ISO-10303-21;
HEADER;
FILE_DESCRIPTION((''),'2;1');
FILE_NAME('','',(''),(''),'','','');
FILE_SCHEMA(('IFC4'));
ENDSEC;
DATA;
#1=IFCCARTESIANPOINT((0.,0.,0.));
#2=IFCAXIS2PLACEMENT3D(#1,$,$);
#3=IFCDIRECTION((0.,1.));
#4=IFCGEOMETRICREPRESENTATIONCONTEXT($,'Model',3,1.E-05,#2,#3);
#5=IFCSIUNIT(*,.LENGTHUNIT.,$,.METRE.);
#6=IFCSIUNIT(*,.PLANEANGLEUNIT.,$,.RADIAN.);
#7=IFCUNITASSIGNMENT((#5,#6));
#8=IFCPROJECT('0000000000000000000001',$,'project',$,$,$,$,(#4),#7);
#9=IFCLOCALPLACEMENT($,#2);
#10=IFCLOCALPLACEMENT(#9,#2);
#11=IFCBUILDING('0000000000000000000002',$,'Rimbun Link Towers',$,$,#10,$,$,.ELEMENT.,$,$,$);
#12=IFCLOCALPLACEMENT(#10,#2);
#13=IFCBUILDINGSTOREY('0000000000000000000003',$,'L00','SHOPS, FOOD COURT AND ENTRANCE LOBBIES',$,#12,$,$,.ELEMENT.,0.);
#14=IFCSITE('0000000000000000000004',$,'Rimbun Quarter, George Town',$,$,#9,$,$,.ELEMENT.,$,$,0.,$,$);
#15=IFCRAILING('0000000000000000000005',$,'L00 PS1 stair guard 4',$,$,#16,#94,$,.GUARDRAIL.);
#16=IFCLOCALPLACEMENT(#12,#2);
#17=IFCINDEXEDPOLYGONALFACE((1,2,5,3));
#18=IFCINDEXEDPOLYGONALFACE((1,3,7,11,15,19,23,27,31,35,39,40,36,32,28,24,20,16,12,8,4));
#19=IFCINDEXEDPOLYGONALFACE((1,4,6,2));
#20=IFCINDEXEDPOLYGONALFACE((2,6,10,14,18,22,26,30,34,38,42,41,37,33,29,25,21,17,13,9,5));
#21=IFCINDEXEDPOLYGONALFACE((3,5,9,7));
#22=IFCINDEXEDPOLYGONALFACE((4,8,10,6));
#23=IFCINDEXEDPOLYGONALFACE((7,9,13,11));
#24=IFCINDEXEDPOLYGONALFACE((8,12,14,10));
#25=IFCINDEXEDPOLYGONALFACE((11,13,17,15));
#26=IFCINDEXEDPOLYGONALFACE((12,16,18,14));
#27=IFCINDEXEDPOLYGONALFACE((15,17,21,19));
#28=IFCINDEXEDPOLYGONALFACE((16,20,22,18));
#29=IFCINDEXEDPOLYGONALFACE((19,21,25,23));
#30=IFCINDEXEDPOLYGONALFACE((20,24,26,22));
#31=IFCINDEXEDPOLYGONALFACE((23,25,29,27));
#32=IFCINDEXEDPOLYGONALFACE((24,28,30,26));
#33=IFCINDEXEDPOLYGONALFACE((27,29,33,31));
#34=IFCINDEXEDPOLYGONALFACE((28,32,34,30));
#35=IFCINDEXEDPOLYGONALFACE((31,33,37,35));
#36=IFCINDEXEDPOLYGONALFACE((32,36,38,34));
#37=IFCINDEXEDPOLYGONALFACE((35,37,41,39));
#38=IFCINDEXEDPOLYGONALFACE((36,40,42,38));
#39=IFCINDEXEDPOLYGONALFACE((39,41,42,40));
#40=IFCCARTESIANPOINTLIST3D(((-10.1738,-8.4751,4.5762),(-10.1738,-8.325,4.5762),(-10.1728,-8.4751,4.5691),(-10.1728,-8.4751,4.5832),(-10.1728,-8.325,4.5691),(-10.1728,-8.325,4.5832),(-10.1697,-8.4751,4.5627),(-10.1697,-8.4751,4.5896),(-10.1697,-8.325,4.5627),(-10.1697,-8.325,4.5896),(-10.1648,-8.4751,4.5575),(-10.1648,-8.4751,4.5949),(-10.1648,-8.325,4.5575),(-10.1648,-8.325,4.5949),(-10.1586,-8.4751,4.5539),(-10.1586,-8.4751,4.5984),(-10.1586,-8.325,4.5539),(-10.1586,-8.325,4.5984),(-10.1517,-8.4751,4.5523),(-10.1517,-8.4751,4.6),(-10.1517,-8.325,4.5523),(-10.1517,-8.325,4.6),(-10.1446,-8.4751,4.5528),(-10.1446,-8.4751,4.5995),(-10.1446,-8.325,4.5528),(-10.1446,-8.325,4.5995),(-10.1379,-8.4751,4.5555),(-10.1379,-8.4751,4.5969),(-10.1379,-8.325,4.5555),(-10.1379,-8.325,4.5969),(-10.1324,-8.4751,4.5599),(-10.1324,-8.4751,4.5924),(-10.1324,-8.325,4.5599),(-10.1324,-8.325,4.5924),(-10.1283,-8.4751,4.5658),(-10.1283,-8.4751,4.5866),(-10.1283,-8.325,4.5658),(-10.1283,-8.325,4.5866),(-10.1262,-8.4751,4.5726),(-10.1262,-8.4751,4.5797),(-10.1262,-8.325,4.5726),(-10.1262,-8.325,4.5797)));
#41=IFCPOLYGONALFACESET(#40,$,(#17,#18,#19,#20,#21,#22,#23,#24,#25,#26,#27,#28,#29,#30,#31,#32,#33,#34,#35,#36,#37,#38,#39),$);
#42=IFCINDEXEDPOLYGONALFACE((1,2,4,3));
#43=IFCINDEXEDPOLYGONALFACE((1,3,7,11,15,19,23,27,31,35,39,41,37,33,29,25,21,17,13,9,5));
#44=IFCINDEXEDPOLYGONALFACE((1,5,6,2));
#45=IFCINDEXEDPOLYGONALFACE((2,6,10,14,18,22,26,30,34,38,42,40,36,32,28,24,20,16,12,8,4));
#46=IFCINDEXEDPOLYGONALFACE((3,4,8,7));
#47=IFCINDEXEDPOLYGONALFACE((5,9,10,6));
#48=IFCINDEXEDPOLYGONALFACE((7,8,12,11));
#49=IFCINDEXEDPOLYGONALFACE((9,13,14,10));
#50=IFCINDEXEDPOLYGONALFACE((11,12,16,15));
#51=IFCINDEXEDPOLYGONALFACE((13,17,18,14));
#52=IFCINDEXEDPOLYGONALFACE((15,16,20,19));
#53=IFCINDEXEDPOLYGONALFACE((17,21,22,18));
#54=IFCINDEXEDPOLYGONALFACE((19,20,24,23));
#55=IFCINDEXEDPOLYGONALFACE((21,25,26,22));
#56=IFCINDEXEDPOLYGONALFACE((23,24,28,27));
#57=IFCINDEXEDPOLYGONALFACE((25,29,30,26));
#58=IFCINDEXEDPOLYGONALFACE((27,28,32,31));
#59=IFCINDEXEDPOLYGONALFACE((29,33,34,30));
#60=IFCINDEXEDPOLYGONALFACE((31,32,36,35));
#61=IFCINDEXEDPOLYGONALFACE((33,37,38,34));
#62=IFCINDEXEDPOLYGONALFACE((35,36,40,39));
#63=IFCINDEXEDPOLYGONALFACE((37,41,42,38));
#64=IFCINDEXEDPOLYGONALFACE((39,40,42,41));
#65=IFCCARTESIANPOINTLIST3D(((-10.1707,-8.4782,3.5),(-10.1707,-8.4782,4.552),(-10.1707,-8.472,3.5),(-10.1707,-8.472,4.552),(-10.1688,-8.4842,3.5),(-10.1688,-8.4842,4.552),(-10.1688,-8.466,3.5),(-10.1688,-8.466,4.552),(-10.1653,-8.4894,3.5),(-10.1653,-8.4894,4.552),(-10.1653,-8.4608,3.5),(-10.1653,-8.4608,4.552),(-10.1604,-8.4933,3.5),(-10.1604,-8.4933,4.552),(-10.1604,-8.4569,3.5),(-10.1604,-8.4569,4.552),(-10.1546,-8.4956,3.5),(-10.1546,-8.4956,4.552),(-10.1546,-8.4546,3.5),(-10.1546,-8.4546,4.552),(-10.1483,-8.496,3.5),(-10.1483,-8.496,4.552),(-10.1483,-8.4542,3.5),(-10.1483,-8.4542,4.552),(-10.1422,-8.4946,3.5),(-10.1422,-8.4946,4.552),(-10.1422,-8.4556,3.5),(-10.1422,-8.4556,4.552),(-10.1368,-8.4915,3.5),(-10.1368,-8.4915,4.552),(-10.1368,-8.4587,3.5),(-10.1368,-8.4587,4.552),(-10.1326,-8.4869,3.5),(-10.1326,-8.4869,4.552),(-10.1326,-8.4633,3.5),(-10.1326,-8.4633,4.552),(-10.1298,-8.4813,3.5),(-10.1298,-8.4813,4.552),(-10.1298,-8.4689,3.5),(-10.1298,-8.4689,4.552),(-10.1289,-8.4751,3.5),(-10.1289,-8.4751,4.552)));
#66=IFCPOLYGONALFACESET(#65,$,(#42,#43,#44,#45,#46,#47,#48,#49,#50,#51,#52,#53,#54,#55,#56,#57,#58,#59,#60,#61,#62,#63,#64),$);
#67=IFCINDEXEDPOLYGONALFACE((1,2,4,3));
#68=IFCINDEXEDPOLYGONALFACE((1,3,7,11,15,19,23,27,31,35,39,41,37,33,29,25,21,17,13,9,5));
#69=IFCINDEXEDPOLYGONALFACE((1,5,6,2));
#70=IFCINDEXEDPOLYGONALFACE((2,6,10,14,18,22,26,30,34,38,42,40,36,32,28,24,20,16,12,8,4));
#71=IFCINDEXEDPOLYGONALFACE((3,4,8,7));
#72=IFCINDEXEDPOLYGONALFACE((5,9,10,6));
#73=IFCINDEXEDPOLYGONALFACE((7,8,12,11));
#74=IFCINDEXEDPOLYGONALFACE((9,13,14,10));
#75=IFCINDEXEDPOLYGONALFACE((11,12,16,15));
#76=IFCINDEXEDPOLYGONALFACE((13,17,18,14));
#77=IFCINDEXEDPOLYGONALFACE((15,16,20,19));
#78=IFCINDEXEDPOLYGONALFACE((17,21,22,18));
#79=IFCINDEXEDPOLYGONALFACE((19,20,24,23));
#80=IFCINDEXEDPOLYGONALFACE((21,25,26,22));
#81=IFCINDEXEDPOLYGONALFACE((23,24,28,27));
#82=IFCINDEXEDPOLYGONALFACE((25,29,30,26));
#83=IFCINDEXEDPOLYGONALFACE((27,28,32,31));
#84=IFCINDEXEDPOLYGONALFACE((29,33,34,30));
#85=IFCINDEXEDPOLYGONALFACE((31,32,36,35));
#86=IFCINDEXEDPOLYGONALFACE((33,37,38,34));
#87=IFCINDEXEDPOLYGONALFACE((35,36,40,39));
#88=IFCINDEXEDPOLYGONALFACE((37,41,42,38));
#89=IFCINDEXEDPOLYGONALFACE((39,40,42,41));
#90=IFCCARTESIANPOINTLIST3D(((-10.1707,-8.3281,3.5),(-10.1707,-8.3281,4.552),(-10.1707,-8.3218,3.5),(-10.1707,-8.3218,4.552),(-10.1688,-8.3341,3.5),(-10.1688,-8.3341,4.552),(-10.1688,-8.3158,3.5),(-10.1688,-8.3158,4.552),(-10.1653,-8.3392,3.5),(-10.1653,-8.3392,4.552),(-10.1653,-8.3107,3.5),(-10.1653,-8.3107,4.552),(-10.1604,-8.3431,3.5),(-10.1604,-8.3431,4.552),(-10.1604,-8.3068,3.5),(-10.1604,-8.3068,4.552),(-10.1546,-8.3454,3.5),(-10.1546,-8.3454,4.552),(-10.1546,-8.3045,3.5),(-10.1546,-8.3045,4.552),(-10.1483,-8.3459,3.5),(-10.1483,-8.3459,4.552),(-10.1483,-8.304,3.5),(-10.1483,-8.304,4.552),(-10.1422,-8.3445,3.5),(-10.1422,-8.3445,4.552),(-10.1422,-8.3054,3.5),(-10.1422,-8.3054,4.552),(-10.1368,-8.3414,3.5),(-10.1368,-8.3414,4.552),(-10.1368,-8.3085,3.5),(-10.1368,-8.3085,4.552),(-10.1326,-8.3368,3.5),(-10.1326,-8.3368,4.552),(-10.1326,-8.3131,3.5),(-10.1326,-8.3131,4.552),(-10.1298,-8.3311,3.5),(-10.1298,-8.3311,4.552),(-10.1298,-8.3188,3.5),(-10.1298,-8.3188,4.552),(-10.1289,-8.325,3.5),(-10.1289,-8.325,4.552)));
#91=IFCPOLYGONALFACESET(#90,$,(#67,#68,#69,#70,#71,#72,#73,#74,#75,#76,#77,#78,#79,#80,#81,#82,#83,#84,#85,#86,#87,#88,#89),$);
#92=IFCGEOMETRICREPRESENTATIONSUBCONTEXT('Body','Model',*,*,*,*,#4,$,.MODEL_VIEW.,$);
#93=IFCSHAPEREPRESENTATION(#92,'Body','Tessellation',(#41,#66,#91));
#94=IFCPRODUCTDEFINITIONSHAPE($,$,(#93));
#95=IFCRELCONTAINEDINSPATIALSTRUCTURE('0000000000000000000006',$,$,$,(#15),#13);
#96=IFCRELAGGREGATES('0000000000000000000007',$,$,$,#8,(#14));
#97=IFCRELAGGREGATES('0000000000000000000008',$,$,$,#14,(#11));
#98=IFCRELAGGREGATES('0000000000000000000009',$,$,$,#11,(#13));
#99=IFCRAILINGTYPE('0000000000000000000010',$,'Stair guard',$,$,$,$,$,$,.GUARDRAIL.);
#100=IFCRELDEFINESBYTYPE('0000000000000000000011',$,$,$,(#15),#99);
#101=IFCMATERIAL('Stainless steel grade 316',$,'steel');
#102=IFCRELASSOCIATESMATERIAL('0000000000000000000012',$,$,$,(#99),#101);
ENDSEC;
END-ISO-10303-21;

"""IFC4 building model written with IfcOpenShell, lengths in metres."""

from ifc_helpers import new_model, si_unit, direction, frame, origin, origin_2d, place, context, subcontext, project, spatial, circle, extrude, material, type_object, element, save


model = new_model("IFC4")

# Units and contexts
model_context = context("Model", 3, precision=1e-05, world=origin(), true_north=direction((0.0, 1.0)))
body_context = subcontext(model_context, "Body", "Model", "MODEL_VIEW")
ifc_project = project(units=[si_unit("LENGTHUNIT", "METRE"), si_unit("PLANEANGLEUNIT", "RADIAN")], contexts=[model_context])

# Site, building, storey
site_placement = place(None, origin())
site = spatial("IfcSite", under=ifc_project, at=site_placement, Name="Rimbun Quarter, George Town", CompositionType="ELEMENT", RefElevation=0.0)
building_placement = place(site_placement, origin())
building = spatial("IfcBuilding", under=site, at=building_placement, Name="Rimbun Link Towers", CompositionType="ELEMENT")
storey_placement = place(building_placement, origin())
storey = spatial("IfcBuildingStorey", under=building, at=storey_placement, Name="L00", Description="SHOPS, FOOD COURT AND ENTRANCE LOBBIES", CompositionType="ELEMENT", Elevation=0.0)

# Railing
ifc_material_1 = material(Name="Stainless steel grade 316", Category="steel")
railing_type_1 = type_object("IfcRailingType", Name="Stair guard", PredefinedType="GUARDRAIL", material=ifc_material_1)
railing_1_placement = place(storey_placement, frame((-10.1499, -8.4751, 3.5)))
element("IfcRailing", 1, at=railing_1_placement, inside=storey, type_object=railing_type_1, Name="L00 PS1 stair guard 4", PredefinedType="GUARDRAIL", context=body_context, shape_type="SweptSolid", body=[
    extrude(circle(Radius=0.0239, at=origin_2d()), frame((0.0, 0.0, 1.0762), z_axis=(0.0, 1.0, 0.0), x_axis=(-1.0, 0.0, 0.0)), (0.0, 0.0, 1.0), 0.1501),
    extrude(circle(Radius=0.021, at=origin_2d()), origin(), (0.0, 0.0, 1.0), 1.052),
    extrude(circle(Radius=0.021, at=origin_2d()), frame((0.0, 0.1501, 0.0)), (0.0, 0.0, 1.0), 1.052),
])

save(model, "model.ifc")
